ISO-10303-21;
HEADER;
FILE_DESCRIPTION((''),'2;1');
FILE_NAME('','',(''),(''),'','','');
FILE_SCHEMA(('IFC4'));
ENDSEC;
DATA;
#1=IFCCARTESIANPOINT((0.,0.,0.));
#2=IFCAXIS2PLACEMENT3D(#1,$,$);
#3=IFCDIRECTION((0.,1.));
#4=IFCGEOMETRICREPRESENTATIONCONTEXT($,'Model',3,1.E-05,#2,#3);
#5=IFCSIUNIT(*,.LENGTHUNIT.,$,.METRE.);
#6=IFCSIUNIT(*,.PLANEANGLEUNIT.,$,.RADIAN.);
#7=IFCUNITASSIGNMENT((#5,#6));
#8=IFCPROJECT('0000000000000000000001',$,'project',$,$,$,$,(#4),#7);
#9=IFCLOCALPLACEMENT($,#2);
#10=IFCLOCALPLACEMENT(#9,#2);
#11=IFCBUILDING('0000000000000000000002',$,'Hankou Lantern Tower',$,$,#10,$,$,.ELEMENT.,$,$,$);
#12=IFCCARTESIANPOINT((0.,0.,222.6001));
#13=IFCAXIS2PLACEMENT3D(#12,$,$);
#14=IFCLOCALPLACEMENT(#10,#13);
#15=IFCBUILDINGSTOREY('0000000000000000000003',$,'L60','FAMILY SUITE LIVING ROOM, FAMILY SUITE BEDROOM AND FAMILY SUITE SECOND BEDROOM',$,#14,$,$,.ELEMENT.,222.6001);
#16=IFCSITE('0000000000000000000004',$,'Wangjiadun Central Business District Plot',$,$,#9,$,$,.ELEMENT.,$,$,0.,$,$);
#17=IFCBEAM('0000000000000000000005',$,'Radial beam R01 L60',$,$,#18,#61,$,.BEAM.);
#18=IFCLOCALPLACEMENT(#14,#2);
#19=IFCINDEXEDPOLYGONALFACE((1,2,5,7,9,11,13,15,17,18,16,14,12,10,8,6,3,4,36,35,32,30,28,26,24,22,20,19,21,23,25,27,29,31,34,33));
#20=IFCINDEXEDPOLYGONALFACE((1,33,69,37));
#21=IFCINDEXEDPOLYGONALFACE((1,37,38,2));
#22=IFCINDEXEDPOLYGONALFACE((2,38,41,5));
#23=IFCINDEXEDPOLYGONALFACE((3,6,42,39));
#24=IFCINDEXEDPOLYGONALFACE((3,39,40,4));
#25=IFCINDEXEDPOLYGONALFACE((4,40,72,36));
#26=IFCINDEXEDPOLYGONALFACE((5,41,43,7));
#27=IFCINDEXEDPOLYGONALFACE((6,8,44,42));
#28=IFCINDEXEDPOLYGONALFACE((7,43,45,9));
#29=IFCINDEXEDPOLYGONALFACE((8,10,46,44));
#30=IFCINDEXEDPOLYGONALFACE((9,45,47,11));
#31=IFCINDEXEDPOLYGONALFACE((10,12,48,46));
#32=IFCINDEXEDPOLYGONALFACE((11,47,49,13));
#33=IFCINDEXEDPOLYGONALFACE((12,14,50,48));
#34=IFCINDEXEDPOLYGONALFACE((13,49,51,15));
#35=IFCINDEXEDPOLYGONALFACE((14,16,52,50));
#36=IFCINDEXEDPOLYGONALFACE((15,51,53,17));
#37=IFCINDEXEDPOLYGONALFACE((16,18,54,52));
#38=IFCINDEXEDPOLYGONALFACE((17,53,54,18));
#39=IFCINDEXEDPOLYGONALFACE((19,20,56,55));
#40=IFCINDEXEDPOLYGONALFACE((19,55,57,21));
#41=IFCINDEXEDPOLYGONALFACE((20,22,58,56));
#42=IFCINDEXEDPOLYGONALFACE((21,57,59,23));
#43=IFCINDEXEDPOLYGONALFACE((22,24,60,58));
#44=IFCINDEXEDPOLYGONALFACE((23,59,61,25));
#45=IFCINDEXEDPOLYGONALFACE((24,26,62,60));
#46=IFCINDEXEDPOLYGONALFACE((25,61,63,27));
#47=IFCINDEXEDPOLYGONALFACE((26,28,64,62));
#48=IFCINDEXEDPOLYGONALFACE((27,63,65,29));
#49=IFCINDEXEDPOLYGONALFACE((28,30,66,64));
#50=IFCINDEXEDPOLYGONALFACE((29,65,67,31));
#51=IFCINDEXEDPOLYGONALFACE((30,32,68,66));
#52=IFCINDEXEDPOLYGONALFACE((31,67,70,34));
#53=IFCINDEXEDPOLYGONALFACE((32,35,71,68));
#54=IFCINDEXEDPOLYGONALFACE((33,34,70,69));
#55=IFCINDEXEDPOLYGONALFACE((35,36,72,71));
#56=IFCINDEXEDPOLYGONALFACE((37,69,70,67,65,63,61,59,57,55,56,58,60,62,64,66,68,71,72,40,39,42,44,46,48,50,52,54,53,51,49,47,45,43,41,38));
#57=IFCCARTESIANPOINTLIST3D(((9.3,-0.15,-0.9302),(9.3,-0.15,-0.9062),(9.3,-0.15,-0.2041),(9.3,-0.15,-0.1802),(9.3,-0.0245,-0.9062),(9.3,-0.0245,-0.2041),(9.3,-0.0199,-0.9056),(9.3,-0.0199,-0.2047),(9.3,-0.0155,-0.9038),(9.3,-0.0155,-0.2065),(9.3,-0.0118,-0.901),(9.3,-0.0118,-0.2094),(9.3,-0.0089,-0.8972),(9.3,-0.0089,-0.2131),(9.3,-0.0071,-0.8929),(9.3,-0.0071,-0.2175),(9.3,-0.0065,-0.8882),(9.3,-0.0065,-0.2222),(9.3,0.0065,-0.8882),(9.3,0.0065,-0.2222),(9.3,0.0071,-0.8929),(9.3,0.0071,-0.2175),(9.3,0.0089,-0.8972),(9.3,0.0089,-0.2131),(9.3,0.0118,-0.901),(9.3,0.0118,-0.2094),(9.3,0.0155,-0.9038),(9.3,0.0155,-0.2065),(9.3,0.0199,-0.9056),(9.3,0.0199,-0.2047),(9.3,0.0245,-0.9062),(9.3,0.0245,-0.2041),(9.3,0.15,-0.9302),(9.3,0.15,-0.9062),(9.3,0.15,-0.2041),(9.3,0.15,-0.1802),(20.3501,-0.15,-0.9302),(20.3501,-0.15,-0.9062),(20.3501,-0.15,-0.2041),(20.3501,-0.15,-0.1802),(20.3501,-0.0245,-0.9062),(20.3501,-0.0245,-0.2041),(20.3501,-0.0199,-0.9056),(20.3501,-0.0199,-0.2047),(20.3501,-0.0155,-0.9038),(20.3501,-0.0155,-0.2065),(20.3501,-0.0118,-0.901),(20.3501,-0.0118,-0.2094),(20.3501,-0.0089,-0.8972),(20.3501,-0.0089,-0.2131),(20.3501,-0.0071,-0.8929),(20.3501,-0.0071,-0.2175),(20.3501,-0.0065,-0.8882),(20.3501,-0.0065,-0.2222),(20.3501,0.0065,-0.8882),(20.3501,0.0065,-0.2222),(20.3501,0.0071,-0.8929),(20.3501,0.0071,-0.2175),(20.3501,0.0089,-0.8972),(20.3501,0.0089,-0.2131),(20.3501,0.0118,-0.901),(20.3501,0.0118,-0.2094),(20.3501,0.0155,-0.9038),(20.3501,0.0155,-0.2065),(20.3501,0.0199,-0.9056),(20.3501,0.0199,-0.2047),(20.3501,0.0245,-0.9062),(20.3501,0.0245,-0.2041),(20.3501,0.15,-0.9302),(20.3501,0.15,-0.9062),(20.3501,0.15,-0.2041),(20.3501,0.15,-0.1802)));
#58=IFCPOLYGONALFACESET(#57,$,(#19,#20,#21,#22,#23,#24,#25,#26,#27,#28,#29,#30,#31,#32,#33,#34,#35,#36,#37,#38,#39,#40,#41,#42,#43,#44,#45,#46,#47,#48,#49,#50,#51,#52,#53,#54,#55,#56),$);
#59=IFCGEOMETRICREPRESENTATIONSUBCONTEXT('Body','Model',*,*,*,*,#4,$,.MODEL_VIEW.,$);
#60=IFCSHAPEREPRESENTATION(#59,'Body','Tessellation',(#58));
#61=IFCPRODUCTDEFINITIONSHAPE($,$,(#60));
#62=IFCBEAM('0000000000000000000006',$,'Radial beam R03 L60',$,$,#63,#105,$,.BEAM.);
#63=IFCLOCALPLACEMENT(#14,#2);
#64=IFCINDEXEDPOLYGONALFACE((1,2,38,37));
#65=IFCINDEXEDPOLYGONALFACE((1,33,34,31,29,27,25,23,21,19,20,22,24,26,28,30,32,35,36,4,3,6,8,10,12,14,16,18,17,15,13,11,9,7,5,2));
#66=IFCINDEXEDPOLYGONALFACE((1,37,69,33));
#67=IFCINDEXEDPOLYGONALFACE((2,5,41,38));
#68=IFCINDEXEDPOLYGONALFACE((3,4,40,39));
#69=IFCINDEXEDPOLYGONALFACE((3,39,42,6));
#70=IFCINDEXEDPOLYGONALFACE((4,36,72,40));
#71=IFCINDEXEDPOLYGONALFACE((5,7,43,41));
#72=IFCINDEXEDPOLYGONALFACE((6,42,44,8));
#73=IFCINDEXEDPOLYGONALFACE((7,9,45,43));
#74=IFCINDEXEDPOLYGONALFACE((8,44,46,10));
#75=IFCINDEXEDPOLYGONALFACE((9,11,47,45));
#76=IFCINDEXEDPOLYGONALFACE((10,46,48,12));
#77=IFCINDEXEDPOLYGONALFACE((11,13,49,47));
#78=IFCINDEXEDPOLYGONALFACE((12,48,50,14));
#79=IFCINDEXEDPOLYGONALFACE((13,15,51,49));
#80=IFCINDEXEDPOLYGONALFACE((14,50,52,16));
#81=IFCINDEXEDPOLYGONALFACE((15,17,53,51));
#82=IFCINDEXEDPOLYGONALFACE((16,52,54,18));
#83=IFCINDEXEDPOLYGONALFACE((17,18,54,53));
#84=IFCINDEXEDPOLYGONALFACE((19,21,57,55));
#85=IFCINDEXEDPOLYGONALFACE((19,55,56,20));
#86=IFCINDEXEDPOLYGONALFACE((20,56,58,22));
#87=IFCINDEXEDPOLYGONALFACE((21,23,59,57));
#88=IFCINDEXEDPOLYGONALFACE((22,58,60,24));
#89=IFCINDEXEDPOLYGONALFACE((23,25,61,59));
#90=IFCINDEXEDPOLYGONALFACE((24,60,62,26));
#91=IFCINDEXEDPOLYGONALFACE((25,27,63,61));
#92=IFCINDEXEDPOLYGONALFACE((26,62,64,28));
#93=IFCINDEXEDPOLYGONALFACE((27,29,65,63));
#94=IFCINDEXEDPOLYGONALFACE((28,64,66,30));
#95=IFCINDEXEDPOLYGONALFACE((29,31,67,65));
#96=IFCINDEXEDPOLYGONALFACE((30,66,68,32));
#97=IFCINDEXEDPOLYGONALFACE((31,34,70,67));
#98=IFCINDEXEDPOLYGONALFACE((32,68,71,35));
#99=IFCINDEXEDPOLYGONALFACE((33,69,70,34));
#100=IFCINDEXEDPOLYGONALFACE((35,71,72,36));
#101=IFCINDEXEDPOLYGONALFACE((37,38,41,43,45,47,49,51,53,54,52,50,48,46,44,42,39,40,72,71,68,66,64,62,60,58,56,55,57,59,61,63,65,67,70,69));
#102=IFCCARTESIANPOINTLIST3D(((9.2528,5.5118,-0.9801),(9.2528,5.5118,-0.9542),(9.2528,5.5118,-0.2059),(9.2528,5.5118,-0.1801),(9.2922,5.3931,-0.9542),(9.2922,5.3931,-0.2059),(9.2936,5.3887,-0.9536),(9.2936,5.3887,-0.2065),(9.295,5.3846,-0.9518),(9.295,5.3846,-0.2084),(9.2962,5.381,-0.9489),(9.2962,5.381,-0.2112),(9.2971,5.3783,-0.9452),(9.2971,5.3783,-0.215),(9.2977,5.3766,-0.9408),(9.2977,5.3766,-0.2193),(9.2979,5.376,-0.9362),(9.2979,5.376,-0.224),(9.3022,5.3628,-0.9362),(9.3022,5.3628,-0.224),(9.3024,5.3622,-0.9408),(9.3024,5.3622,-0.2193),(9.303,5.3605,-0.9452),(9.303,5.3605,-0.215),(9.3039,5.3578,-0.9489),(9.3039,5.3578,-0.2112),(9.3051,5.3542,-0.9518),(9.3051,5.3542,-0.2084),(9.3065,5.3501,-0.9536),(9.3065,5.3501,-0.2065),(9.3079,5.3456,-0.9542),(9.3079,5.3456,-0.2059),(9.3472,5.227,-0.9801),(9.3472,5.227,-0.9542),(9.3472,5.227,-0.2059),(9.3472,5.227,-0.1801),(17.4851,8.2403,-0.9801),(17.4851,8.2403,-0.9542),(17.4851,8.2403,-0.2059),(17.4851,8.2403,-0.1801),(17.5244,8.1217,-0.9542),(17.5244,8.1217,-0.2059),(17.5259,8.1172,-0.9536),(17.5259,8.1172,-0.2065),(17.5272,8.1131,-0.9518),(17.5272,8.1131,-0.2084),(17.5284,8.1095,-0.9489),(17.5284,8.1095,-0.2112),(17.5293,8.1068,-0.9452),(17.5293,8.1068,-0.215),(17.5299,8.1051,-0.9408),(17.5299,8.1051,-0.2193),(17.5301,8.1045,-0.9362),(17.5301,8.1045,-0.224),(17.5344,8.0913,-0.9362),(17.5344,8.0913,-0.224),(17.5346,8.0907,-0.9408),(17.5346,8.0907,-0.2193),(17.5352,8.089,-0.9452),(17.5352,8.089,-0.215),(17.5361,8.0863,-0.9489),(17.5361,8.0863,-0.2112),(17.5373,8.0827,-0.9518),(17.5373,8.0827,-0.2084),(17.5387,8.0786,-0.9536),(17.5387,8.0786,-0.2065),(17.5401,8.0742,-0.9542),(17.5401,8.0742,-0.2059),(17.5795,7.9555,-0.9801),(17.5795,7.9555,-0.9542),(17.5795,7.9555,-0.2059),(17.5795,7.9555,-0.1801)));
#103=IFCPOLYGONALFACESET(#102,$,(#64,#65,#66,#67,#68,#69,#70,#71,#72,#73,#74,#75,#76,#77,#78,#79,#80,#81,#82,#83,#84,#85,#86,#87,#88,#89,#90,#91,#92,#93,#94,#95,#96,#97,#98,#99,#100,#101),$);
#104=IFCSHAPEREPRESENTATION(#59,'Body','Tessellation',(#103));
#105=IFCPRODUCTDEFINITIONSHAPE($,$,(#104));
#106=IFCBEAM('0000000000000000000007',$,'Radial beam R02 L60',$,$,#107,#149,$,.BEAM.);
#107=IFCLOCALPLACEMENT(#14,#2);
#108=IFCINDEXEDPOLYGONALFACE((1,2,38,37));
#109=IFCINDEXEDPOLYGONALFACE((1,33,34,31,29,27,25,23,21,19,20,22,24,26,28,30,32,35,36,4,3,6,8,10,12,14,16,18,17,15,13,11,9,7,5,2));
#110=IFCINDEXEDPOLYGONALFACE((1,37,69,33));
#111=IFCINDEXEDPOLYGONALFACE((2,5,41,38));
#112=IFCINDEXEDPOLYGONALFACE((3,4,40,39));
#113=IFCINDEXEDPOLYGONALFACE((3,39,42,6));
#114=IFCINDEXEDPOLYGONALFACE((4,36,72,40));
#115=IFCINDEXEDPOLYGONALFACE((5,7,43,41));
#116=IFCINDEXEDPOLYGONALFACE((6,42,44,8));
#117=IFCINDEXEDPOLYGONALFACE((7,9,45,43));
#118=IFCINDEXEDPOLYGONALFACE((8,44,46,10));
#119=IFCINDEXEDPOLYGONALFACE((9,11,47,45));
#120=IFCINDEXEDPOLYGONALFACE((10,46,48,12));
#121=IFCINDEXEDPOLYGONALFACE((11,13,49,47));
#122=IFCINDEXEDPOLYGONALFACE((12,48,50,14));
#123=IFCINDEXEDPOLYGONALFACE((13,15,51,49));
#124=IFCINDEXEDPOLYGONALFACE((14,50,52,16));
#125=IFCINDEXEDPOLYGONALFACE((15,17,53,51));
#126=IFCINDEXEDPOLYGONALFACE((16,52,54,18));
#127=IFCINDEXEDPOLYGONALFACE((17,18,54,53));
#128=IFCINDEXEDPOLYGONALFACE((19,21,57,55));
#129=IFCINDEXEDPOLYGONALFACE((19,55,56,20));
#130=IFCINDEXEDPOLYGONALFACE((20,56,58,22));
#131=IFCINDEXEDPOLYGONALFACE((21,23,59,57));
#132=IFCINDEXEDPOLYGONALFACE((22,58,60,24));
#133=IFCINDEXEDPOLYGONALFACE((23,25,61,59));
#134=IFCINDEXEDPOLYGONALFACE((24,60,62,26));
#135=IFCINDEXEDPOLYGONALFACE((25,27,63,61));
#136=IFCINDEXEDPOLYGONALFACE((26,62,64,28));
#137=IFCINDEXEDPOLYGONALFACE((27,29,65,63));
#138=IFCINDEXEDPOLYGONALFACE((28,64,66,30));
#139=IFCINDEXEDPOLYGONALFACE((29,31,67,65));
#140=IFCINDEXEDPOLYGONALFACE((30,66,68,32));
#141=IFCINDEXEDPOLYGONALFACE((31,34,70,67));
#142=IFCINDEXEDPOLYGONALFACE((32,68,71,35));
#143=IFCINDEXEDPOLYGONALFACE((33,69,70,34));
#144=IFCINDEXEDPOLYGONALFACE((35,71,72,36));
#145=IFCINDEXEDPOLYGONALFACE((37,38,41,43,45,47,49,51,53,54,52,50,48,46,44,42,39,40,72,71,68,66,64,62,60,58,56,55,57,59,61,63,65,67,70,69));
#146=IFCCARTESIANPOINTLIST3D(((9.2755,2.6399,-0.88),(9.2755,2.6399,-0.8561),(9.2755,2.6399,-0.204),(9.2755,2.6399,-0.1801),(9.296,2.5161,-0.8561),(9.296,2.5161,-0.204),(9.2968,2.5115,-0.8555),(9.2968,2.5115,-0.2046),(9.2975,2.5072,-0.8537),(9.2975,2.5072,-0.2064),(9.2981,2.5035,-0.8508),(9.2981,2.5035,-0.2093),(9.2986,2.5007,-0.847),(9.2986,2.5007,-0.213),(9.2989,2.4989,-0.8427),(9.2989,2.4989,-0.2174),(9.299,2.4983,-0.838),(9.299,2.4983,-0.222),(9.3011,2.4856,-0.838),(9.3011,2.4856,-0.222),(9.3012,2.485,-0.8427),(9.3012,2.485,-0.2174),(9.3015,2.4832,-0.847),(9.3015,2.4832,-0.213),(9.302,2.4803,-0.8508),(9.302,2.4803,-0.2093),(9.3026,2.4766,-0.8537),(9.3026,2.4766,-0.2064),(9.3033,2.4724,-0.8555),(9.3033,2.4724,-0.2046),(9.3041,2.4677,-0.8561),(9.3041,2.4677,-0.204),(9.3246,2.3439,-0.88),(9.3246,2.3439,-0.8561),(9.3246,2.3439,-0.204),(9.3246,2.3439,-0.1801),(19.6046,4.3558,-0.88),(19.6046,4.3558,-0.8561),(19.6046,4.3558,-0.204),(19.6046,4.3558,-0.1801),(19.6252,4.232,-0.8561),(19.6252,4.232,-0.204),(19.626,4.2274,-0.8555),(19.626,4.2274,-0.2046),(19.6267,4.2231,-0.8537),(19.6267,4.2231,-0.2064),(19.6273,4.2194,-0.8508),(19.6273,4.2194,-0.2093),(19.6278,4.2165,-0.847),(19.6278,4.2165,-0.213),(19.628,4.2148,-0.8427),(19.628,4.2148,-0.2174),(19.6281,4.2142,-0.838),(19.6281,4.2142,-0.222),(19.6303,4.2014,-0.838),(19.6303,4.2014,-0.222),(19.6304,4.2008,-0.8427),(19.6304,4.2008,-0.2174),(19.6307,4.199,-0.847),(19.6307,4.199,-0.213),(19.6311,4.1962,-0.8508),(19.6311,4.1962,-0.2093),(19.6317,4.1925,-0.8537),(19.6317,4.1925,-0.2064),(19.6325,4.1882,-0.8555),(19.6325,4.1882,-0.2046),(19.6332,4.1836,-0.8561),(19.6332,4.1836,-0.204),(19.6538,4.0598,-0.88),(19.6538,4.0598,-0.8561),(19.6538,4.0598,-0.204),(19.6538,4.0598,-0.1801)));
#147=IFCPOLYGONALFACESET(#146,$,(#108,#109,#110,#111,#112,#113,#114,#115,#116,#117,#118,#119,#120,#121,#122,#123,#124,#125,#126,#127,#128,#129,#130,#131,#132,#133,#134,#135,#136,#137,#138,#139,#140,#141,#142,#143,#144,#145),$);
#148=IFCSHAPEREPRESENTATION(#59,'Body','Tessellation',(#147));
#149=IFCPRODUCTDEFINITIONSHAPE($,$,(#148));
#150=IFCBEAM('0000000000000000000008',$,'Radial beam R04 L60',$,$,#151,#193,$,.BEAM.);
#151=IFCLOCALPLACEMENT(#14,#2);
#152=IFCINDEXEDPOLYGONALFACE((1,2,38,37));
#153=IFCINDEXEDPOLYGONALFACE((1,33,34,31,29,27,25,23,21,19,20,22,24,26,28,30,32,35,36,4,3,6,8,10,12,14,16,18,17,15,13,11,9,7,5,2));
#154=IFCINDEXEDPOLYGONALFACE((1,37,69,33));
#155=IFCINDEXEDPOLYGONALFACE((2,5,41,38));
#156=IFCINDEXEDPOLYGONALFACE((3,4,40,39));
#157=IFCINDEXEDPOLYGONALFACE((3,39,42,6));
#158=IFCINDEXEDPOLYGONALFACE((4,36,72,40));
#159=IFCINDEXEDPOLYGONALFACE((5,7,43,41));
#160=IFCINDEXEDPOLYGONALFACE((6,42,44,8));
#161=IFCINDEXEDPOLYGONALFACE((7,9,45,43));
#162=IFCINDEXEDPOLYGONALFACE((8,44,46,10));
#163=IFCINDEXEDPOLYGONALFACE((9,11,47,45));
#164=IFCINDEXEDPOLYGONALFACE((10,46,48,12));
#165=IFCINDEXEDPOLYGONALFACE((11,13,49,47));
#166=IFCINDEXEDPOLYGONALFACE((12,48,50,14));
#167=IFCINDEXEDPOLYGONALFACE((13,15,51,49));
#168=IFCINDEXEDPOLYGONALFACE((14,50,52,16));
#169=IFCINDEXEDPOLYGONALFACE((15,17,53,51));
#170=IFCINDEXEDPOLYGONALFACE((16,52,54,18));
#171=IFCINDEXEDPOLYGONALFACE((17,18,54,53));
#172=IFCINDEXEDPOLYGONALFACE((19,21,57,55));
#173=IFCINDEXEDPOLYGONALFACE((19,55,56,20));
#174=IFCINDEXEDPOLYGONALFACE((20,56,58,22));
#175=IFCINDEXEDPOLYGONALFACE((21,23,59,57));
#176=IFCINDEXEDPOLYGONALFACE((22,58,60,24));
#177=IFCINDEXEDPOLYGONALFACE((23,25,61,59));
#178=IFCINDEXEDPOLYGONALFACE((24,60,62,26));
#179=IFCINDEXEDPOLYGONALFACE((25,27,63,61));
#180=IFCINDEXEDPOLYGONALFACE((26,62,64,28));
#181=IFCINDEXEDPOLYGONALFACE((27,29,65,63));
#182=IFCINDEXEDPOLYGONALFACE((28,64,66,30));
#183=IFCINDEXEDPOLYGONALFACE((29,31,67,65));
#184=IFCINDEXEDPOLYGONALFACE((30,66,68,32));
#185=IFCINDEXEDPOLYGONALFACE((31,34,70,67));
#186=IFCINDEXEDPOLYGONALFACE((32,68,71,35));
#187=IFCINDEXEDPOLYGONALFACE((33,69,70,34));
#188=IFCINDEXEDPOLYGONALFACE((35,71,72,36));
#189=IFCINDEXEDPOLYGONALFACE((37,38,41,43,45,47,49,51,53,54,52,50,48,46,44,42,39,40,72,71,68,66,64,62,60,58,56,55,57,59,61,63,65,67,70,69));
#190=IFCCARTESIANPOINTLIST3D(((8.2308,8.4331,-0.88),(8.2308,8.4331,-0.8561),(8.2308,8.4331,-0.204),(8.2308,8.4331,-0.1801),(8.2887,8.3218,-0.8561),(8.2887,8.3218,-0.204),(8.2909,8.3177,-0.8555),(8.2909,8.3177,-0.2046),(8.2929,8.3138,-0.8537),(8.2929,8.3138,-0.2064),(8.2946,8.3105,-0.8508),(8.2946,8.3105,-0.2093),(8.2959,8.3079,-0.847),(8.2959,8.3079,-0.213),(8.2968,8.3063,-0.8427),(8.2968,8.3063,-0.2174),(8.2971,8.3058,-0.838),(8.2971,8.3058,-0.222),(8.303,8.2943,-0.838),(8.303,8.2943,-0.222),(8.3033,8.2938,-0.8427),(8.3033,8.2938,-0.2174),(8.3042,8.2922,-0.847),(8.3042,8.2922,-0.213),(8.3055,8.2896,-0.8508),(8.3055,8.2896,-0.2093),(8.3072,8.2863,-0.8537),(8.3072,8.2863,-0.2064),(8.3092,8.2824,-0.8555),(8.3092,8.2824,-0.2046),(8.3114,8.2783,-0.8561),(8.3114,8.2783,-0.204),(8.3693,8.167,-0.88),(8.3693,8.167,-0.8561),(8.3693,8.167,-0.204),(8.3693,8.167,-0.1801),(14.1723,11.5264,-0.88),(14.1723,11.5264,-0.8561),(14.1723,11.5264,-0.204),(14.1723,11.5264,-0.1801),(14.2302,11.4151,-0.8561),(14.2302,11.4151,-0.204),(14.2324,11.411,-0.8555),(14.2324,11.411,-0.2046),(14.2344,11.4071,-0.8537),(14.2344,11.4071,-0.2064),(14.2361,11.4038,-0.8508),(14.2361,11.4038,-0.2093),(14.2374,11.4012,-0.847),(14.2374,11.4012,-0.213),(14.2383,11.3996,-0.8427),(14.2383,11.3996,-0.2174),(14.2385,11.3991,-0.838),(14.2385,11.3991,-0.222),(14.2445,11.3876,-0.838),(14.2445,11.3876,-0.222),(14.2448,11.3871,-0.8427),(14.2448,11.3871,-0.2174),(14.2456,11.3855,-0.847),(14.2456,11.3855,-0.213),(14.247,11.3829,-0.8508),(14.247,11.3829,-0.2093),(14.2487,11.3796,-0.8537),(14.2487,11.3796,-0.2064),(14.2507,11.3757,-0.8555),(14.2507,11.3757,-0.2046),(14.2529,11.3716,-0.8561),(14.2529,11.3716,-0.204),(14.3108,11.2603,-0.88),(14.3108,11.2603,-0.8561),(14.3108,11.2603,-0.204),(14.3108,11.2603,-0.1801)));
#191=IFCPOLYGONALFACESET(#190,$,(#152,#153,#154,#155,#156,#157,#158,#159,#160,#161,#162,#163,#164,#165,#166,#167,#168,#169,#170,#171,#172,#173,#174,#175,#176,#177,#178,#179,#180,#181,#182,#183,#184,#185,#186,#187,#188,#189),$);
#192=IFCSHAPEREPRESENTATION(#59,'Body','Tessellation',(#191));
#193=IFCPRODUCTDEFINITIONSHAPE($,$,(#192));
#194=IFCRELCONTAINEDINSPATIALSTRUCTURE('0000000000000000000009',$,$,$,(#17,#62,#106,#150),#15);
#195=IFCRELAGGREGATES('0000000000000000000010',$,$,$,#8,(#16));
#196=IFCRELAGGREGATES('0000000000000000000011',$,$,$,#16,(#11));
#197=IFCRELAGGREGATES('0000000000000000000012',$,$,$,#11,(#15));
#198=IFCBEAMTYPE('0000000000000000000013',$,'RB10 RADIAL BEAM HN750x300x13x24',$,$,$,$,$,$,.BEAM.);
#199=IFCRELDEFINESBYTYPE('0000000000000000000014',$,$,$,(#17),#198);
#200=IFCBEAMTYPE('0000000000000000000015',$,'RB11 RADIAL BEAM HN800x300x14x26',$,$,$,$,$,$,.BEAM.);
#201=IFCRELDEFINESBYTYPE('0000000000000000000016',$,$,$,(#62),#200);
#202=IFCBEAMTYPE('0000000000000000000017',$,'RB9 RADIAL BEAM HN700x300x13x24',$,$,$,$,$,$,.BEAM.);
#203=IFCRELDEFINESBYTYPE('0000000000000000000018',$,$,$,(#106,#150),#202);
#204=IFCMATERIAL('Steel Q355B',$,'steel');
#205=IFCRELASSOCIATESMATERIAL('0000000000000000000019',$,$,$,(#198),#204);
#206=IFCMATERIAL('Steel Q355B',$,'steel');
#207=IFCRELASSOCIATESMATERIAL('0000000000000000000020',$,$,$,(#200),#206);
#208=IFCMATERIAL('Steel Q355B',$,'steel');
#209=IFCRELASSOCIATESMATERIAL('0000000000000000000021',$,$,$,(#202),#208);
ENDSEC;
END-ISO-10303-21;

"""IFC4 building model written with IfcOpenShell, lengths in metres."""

from ifc_helpers import new_model, si_unit, direction, frame, origin, origin_2d, place, context, subcontext, project, spatial, i_section, extrude, material, material_profile, profile_set, type_object, element, save


model = new_model("IFC4")

# Units and contexts
model_context = context("Model", 3, precision=1e-05, world=origin(), true_north=direction((0.0, 1.0)))
body_context = subcontext(model_context, "Body", "Model", "MODEL_VIEW")
ifc_project = project(units=[si_unit("LENGTHUNIT", "METRE"), si_unit("PLANEANGLEUNIT", "RADIAN")], contexts=[model_context])

# Site, building, storey
site_placement = place(None, origin())
site = spatial("IfcSite", under=ifc_project, at=site_placement, Name="Wangjiadun Central Business District Plot", CompositionType="ELEMENT", RefElevation=0.0)
building_placement = place(site_placement, origin())
building = spatial("IfcBuilding", under=site, at=building_placement, Name="Hankou Lantern Tower", CompositionType="ELEMENT")
storey_placement = place(building_placement, frame((0.0, 0.0, 222.6001)))
storey = spatial("IfcBuildingStorey", under=building, at=storey_placement, Name="L60", Description="FAMILY SUITE LIVING ROOM, FAMILY SUITE BEDROOM AND FAMILY SUITE SECOND BEDROOM", CompositionType="ELEMENT", Elevation=222.6001)

# Beams
ifc_material_1 = material(Name="Steel Q355B", Category="steel")
ifc_material_profile_1 = material_profile(ifc_material_1, i_section(OverallWidth=0.3, OverallDepth=0.75, WebThickness=0.0129, FlangeThickness=0.0239, FilletRadius=0.0181, at=origin_2d()), Name="HN750x300x13x24")
ifc_profile_set_1 = profile_set([ifc_material_profile_1], Name="Steel Q355B")
beam_type_1 = type_object("IfcBeamType", Name="RB10 RADIAL BEAM HN750x300x13x24", PredefinedType="BEAM", material=ifc_profile_set_1)
beam_1_placement = place(storey_placement, frame((9.3, 0.0, -0.5552), z_axis=(1.0, 0.0, 0.0), x_axis=(0.0, 1.0, 0.0)))
element("IfcBeam", 1, at=beam_1_placement, inside=storey, type_object=beam_type_1, Name="Radial beam R01 L60", PredefinedType="BEAM", context=body_context, shape_type="SweptSolid", body=[
    extrude(i_section(OverallWidth=0.3, OverallDepth=0.75, WebThickness=0.0129, FlangeThickness=0.0239, FilletRadius=0.0181, at=origin_2d()), origin(), (0.0, 0.0, 1.0), 11.05),
])
ifc_material_2 = material(Name="Steel Q355B", Category="steel")
ifc_material_profile_2 = material_profile(ifc_material_2, i_section(OverallWidth=0.3, OverallDepth=0.8, WebThickness=0.0139, FlangeThickness=0.0259, FilletRadius=0.0181, at=origin_2d()), Name="HN800x300x14x26")
ifc_profile_set_2 = profile_set([ifc_material_profile_2], Name="Steel Q355B")
beam_type_2 = type_object("IfcBeamType", Name="RB11 RADIAL BEAM HN800x300x14x26", PredefinedType="BEAM", material=ifc_profile_set_2)
beam_2_placement = place(storey_placement, frame((9.3, 5.3694, -0.5801), z_axis=(0.94922, 0.314614, 0.0), x_axis=(-0.314614, 0.94922, 0.0)))
element("IfcBeam", 2, at=beam_2_placement, inside=storey, type_object=beam_type_2, Name="Radial beam R03 L60", PredefinedType="BEAM", context=body_context, shape_type="SweptSolid", body=[
    extrude(i_section(OverallWidth=0.3, OverallDepth=0.8, WebThickness=0.0139, FlangeThickness=0.0259, FilletRadius=0.0181, at=origin_2d()), origin(), (0.0, 0.0, 1.0), 8.6726),
])
ifc_material_3 = material(Name="Steel Q355B", Category="steel")
ifc_material_profile_3 = material_profile(ifc_material_3, i_section(OverallWidth=0.3, OverallDepth=0.7, WebThickness=0.0129, FlangeThickness=0.0239, FilletRadius=0.0181, at=origin_2d()), Name="HN700x300x13x24")
ifc_profile_set_3 = profile_set([ifc_material_profile_3], Name="Steel Q355B")
beam_type_3 = type_object("IfcBeamType", Name="RB9 RADIAL BEAM HN700x300x13x24", PredefinedType="BEAM", material=ifc_profile_set_3)
beam_3_placement = place(storey_placement, frame((9.3, 2.4919, -0.53), z_axis=(0.986482, 0.16387, 0.0), x_axis=(-0.16387, 0.986482, 0.0)))
element("IfcBeam", 3, at=beam_3_placement, inside=storey, type_object=beam_type_3, Name="Radial beam R02 L60", PredefinedType="BEAM", context=body_context, shape_type="SweptSolid", body=[
    extrude(i_section(OverallWidth=0.3, OverallDepth=0.7, WebThickness=0.0129, FlangeThickness=0.0239, FilletRadius=0.0181, at=origin_2d()), origin(), (0.0, 0.0, 1.0), 10.4707),
])
beam_4_placement = place(storey_placement, frame((8.3, 8.3, -0.53), z_axis=(0.886989, 0.461791, 0.0), x_axis=(-0.461791, 0.886989, 0.0)))
element("IfcBeam", 4, at=beam_4_placement, inside=storey, type_object=beam_type_3, Name="Radial beam R04 L60", PredefinedType="BEAM", context=body_context, shape_type="SweptSolid", body=[
    extrude(i_section(OverallWidth=0.3, OverallDepth=0.7, WebThickness=0.0129, FlangeThickness=0.0239, FilletRadius=0.0181, at=origin_2d()), origin(), (0.0, 0.0, 1.0), 6.6985),
])

save(model, "model.ifc")
